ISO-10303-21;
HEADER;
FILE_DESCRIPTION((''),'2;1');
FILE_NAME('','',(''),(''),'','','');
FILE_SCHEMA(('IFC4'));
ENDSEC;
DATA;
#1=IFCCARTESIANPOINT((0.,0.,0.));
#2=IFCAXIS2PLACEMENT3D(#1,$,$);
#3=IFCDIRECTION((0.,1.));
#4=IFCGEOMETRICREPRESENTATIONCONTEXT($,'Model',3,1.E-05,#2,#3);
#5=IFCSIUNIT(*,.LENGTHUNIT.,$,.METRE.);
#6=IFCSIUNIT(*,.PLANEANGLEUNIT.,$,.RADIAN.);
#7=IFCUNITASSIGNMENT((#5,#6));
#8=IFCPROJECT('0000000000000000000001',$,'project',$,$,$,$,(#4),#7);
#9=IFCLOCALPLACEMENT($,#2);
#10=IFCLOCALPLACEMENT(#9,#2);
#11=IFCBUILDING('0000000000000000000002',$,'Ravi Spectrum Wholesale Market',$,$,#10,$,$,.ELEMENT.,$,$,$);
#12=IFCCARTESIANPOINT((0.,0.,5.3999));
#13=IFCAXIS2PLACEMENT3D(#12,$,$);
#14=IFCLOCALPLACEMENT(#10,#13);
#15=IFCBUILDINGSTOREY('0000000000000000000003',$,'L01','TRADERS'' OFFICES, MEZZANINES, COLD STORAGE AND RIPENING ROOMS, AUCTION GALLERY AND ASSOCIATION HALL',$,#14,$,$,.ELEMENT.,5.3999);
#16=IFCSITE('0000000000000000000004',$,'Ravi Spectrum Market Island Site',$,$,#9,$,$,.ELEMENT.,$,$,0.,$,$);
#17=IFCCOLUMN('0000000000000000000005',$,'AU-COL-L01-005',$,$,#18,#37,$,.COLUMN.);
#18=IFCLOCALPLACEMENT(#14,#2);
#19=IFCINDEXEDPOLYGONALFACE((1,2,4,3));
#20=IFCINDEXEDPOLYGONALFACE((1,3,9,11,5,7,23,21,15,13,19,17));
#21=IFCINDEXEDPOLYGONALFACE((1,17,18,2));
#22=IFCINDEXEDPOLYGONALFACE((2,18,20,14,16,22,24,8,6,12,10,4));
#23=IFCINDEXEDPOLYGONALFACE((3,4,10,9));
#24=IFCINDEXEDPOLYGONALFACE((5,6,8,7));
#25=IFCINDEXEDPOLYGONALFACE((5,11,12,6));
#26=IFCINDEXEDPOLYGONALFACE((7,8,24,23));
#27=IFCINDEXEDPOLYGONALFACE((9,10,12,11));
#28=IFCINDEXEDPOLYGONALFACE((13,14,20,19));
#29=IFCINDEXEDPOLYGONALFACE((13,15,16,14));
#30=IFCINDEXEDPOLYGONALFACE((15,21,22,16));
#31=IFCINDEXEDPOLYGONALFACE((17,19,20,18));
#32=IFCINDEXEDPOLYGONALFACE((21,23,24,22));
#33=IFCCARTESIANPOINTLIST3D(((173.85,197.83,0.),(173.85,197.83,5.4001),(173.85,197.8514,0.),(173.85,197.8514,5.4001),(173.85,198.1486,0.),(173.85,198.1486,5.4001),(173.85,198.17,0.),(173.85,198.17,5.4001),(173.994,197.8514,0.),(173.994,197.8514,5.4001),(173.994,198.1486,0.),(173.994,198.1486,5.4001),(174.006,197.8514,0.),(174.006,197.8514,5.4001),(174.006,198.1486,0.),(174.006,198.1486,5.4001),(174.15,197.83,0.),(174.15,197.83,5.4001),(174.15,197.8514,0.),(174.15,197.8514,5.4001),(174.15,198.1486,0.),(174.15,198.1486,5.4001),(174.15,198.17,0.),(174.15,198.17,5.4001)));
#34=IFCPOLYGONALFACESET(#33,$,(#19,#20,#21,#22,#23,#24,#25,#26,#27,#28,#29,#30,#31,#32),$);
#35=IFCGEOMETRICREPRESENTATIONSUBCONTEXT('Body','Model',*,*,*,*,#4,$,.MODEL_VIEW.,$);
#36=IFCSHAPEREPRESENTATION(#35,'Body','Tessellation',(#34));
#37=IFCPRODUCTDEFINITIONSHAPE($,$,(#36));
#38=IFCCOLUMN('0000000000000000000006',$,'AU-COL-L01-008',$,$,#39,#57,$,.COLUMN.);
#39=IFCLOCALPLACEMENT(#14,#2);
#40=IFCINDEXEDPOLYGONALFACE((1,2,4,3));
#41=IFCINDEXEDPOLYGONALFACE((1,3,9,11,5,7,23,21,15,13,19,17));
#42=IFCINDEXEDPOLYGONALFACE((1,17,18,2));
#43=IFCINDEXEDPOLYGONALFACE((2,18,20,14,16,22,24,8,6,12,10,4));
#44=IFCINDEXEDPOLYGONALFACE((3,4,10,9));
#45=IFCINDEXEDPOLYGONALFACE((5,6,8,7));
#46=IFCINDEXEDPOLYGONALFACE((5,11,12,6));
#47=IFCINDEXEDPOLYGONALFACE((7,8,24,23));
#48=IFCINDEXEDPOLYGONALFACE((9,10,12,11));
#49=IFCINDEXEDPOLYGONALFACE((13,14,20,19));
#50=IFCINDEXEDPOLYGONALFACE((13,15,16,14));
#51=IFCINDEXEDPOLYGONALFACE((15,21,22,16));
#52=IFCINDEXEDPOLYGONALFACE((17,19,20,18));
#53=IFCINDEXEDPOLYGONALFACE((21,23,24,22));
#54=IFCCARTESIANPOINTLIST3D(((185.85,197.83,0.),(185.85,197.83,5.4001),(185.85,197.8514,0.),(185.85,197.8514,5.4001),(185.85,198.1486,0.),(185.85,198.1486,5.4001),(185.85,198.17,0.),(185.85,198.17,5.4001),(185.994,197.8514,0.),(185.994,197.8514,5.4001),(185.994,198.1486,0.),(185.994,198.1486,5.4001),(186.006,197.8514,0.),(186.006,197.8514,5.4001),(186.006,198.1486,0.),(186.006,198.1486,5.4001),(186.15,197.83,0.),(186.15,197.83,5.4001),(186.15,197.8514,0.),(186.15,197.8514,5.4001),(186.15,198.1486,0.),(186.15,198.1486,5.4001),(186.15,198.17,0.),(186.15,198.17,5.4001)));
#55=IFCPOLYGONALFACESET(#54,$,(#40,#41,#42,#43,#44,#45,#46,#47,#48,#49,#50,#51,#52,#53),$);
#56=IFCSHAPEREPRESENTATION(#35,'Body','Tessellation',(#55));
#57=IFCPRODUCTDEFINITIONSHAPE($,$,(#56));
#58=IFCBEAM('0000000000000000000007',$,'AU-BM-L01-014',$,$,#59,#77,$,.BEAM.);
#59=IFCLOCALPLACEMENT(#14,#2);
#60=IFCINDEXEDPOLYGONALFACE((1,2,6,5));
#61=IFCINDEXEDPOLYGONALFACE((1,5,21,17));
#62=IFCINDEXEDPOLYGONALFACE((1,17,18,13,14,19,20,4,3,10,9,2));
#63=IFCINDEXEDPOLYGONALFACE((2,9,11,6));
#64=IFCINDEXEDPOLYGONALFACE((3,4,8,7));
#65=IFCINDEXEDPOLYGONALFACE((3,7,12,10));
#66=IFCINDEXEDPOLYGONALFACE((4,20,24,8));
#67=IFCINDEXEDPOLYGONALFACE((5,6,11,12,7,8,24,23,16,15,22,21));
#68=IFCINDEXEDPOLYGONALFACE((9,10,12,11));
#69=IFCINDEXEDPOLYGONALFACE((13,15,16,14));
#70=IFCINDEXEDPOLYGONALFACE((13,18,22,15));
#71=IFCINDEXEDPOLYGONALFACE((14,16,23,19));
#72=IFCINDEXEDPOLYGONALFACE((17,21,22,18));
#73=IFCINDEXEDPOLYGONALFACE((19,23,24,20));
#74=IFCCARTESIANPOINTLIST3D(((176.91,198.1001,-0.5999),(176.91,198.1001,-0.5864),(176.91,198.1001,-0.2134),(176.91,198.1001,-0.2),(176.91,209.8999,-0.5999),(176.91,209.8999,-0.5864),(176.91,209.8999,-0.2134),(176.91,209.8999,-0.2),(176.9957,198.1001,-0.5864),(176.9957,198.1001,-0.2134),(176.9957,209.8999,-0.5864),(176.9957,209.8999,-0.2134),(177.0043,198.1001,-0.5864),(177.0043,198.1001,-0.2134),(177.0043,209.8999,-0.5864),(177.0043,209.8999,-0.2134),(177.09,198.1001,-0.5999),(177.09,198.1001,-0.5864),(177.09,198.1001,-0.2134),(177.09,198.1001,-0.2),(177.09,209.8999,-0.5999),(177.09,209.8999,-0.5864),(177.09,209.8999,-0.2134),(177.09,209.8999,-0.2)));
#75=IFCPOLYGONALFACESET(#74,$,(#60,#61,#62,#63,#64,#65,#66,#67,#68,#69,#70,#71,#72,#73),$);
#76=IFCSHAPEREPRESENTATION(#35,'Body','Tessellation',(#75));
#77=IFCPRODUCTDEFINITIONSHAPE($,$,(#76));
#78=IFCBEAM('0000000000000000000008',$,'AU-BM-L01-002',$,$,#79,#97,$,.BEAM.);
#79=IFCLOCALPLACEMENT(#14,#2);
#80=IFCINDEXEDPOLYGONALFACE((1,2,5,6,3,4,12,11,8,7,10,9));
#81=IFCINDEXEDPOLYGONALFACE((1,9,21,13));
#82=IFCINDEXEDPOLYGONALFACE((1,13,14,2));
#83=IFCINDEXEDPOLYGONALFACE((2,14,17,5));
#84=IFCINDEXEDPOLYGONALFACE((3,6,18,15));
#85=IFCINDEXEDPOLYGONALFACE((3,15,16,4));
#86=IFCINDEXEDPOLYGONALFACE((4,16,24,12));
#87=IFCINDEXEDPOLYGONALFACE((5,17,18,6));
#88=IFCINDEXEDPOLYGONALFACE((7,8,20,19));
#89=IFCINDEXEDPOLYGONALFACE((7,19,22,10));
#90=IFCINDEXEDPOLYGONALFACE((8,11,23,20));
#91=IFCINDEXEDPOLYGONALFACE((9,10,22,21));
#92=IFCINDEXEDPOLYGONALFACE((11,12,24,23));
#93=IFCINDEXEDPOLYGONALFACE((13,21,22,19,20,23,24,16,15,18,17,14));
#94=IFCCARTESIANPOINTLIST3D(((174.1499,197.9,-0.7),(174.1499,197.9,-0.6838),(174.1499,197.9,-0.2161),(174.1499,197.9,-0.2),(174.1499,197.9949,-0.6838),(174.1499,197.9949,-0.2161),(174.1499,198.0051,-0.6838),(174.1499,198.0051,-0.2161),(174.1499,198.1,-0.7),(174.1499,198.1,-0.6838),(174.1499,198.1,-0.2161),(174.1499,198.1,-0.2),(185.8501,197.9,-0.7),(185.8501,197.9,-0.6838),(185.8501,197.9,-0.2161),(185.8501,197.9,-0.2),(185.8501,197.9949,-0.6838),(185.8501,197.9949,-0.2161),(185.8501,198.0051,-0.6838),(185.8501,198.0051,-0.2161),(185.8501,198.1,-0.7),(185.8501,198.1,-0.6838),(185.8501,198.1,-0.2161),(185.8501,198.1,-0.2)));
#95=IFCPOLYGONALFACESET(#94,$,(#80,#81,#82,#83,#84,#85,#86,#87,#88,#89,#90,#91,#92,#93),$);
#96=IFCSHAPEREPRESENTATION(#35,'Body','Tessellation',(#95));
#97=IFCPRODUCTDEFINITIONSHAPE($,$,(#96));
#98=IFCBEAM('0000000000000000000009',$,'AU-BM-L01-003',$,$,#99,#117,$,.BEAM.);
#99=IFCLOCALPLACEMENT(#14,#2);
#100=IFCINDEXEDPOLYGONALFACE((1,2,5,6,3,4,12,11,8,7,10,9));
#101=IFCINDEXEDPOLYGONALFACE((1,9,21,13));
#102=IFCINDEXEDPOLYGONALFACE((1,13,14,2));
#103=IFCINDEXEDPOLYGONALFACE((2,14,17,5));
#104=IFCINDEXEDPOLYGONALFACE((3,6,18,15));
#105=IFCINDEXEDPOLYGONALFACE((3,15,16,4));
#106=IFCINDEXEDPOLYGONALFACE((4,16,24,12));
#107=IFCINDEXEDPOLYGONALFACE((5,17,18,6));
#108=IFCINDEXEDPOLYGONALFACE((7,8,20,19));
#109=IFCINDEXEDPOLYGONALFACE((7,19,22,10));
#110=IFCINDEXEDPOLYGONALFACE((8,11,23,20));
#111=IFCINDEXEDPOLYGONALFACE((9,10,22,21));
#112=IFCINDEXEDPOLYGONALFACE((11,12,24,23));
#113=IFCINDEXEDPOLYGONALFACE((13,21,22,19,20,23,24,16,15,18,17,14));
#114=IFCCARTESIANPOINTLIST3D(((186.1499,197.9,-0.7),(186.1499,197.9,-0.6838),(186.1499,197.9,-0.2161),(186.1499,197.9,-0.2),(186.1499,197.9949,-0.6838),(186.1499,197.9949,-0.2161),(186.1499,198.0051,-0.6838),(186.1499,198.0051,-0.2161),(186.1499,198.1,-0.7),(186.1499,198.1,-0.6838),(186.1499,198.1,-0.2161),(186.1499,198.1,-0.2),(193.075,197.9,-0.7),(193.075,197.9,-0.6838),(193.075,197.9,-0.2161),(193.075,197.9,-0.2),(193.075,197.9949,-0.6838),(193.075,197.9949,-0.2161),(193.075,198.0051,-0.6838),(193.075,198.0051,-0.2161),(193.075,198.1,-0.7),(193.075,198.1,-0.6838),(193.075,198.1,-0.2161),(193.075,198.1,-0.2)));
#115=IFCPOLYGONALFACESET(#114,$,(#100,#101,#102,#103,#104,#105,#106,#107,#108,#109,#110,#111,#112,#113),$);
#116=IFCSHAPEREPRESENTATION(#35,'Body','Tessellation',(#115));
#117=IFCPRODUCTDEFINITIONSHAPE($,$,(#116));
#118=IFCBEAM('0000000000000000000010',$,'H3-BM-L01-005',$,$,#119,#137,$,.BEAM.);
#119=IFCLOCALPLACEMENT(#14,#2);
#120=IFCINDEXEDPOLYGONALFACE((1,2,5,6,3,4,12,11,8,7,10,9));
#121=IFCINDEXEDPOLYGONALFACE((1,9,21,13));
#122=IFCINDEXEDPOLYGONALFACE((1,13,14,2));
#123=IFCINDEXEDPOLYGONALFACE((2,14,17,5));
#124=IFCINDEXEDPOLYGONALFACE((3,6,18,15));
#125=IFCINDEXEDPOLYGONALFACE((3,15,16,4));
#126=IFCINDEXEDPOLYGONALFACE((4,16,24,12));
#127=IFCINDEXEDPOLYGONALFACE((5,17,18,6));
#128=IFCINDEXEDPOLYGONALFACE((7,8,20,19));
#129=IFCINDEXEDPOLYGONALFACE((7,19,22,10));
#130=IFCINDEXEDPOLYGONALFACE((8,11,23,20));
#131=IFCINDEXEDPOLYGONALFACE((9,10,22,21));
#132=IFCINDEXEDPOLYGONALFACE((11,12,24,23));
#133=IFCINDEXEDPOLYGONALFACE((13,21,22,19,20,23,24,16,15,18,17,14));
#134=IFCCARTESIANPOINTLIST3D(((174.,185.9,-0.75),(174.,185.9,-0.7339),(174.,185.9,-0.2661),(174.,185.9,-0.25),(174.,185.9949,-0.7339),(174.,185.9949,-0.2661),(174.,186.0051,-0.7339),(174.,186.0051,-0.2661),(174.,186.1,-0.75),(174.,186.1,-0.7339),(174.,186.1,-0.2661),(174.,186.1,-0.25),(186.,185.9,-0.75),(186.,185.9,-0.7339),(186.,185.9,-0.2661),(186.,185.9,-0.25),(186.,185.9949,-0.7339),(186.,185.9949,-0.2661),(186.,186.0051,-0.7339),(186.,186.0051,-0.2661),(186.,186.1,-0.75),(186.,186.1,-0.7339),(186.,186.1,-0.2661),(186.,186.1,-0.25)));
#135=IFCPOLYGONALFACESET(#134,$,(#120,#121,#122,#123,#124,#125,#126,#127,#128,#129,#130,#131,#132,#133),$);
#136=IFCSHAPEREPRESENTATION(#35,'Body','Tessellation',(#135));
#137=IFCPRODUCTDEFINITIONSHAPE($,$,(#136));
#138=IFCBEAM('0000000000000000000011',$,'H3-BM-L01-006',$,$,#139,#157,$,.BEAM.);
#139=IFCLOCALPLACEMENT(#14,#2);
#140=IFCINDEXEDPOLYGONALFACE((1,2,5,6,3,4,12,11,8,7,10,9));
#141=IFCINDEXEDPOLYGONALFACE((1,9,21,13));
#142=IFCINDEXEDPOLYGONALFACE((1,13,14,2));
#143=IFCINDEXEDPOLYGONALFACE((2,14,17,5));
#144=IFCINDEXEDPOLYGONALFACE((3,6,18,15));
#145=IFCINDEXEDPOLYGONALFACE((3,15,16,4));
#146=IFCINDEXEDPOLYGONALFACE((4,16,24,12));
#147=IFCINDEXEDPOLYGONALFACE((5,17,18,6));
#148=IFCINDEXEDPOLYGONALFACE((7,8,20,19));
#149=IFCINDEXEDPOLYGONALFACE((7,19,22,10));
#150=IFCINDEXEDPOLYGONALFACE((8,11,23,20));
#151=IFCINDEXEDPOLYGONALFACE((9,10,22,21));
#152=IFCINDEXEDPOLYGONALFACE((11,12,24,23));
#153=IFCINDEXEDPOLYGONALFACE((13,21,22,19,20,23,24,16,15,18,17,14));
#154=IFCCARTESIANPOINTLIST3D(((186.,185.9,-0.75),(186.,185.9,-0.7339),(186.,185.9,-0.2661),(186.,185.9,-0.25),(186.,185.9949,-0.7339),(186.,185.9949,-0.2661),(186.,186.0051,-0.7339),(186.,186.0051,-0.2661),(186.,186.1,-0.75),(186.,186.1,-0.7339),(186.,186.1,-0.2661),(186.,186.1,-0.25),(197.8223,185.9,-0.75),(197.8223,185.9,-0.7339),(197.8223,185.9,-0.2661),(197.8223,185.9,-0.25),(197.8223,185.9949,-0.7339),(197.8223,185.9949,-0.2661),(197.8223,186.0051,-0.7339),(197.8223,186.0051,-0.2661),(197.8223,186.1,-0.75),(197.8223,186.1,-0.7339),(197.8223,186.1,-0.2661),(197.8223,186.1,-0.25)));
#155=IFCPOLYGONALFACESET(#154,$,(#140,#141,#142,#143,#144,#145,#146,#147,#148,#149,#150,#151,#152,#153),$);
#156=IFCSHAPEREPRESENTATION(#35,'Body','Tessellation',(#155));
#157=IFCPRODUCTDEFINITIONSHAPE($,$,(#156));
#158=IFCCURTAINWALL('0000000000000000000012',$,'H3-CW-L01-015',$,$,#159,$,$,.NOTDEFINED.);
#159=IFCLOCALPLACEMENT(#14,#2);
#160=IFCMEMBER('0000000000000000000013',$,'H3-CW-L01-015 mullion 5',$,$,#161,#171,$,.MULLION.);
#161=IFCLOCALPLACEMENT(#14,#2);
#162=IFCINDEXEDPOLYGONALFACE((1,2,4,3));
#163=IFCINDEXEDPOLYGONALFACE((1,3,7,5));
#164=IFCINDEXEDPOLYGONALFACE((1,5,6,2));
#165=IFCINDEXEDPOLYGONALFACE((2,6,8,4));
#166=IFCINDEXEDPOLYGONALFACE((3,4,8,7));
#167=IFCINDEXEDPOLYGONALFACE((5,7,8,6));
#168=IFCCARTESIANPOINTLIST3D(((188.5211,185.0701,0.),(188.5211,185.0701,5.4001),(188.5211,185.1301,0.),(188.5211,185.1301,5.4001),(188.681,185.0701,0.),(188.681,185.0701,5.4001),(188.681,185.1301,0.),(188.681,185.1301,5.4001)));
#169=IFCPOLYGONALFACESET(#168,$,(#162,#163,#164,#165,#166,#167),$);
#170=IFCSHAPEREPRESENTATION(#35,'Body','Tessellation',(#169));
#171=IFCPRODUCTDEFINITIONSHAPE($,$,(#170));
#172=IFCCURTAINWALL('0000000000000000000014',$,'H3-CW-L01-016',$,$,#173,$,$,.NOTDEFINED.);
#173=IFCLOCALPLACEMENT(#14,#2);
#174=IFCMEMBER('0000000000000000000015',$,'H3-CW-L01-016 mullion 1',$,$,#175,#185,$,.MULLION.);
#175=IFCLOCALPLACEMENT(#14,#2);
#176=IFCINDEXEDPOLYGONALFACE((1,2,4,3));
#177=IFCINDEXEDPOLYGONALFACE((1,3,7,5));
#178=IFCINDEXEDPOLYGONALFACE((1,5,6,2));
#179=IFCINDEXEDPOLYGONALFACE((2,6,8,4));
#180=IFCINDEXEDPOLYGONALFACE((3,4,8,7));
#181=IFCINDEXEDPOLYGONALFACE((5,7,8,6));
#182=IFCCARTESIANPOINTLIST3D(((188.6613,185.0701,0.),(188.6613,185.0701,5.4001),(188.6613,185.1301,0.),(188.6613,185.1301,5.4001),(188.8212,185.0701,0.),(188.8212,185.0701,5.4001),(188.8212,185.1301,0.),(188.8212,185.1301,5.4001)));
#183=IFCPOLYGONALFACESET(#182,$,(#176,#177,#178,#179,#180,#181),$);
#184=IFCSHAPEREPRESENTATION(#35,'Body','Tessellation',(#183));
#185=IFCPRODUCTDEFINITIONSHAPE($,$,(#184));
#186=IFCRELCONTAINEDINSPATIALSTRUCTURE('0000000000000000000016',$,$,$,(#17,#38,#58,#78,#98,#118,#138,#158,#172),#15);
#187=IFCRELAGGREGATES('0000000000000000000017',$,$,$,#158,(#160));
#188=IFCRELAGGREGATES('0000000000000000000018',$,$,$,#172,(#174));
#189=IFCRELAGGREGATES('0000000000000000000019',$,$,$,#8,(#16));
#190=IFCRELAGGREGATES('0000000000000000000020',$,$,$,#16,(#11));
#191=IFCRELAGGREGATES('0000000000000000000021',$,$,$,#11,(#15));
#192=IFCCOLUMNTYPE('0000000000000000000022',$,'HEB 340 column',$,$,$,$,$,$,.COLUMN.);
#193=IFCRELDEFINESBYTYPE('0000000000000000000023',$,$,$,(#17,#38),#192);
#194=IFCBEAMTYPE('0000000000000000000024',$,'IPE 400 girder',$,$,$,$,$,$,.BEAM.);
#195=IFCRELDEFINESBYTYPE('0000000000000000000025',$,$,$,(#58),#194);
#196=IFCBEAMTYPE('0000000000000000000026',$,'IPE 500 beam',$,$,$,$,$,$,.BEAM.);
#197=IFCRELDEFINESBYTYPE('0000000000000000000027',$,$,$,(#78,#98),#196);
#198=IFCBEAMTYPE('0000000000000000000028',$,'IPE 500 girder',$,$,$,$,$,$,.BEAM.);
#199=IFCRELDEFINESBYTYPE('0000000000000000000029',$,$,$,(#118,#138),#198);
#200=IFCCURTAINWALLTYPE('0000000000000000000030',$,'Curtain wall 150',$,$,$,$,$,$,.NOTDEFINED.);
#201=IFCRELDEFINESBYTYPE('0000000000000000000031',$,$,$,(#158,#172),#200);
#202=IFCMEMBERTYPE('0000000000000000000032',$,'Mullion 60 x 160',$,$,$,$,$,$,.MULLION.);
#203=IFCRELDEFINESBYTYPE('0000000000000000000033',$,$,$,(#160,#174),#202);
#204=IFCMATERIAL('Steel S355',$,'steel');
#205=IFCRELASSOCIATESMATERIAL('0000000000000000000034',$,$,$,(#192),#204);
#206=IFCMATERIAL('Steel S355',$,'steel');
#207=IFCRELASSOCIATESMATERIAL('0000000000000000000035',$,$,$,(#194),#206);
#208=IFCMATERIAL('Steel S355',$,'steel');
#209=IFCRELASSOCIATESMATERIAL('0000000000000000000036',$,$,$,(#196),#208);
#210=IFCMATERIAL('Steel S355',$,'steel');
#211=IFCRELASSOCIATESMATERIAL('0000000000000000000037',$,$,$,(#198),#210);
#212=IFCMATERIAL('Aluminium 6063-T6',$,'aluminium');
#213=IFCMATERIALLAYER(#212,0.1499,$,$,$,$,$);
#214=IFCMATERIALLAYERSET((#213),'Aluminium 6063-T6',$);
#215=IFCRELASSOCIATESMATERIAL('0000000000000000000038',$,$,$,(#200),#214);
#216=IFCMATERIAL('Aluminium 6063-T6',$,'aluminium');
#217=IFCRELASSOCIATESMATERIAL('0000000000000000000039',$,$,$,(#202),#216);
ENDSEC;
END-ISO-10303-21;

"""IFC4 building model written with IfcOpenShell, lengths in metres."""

from ifc_helpers import new_model, si_unit, direction, frame, origin, origin_2d, place, context, subcontext, project, spatial, rectangle, i_section, extrude, material, layer, layer_set, material_profile, profile_set, type_object, element, aggregate, save


model = new_model("IFC4")

# Units and contexts
model_context = context("Model", 3, precision=1e-05, world=origin(), true_north=direction((0.0, 1.0)))
body_context = subcontext(model_context, "Body", "Model", "MODEL_VIEW")
ifc_project = project(units=[si_unit("LENGTHUNIT", "METRE"), si_unit("PLANEANGLEUNIT", "RADIAN")], contexts=[model_context])

# Site, building, storey
site_placement = place(None, origin())
site = spatial("IfcSite", under=ifc_project, at=site_placement, Name="Ravi Spectrum Market Island Site", CompositionType="ELEMENT", RefElevation=0.0)
building_placement = place(site_placement, origin())
building = spatial("IfcBuilding", under=site, at=building_placement, Name="Ravi Spectrum Wholesale Market", CompositionType="ELEMENT")
storey_placement = place(building_placement, frame((0.0, 0.0, 5.3999)))
storey = spatial("IfcBuildingStorey", under=building, at=storey_placement, Name="L01", Description="TRADERS' OFFICES, MEZZANINES, COLD STORAGE AND RIPENING ROOMS, AUCTION GALLERY AND ASSOCIATION HALL", CompositionType="ELEMENT", Elevation=5.3999)

# Columns
ifc_material_1 = material(Name="Steel S355", Category="steel")
ifc_material_profile_1 = material_profile(ifc_material_1, i_section(OverallWidth=0.3, OverallDepth=0.3401, WebThickness=0.012, FlangeThickness=0.0215, at=origin_2d()))
ifc_profile_set_1 = profile_set([ifc_material_profile_1], Name="Steel S355")
column_type = type_object("IfcColumnType", Name="HEB 340 column", PredefinedType="COLUMN", material=ifc_profile_set_1)
for number, where, z_axis, x_axis, name in (
    (1, (174.0, 198.0, 0.0), (0.0, 0.0, 1.0), (1.0, 0.0, 0.0), "AU-COL-L01-005"),
    (2, (186.0, 198.0, 0.0), (0.0, 0.0, 1.0), (1.0, 0.0, 0.0), "AU-COL-L01-008"),
):
    element("IfcColumn", number, at=place(storey_placement, frame(where, z_axis=z_axis, x_axis=x_axis)), inside=storey, type_object=column_type, Name=name, PredefinedType="COLUMN", context=body_context, shape_type="SweptSolid", body=[
        extrude(i_section(OverallWidth=0.3, OverallDepth=0.3401, WebThickness=0.012, FlangeThickness=0.0215, at=origin_2d()), origin(), (0.0, 0.0, 1.0), 5.4001),
    ])

# Beams
ifc_material_2 = material(Name="Steel S355", Category="steel")
ifc_material_profile_2 = material_profile(ifc_material_2, i_section(OverallWidth=0.1799, OverallDepth=0.3999, WebThickness=0.0085, FlangeThickness=0.0134, at=origin_2d()))
ifc_profile_set_2 = profile_set([ifc_material_profile_2], Name="Steel S355")
beam_type_1 = type_object("IfcBeamType", Name="IPE 400 girder", PredefinedType="BEAM", material=ifc_profile_set_2)
beam_1_placement = place(storey_placement, frame((177.0, 198.1001, -0.3999), z_axis=(0.0, 1.0, 0.0), x_axis=(-1.0, 0.0, 0.0)))
element("IfcBeam", 3, at=beam_1_placement, inside=storey, type_object=beam_type_1, Name="AU-BM-L01-014", PredefinedType="BEAM", context=body_context, shape_type="SweptSolid", body=[
    extrude(i_section(OverallWidth=0.1799, OverallDepth=0.3999, WebThickness=0.0085, FlangeThickness=0.0134, at=origin_2d()), origin(), (0.0, 0.0, 1.0), 11.7998),
])
ifc_material_3 = material(Name="Steel S355", Category="steel")
ifc_material_profile_3 = material_profile(ifc_material_3, i_section(OverallWidth=0.2, OverallDepth=0.5, WebThickness=0.0103, FlangeThickness=0.0161, at=origin_2d()))
ifc_profile_set_3 = profile_set([ifc_material_profile_3], Name="Steel S355")
beam_type_2 = type_object("IfcBeamType", Name="IPE 500 beam", PredefinedType="BEAM", material=ifc_profile_set_3)
beam_2_placement = place(storey_placement, frame((174.1499, 198.0, -0.45), z_axis=(1.0, 0.0, 0.0), x_axis=(0.0, 1.0, 0.0)))
element("IfcBeam", 4, at=beam_2_placement, inside=storey, type_object=beam_type_2, Name="AU-BM-L01-002", PredefinedType="BEAM", context=body_context, shape_type="SweptSolid", body=[
    extrude(i_section(OverallWidth=0.2, OverallDepth=0.5, WebThickness=0.0103, FlangeThickness=0.0161, at=origin_2d()), origin(), (0.0, 0.0, 1.0), 11.7002),
])
beam_3_placement = place(storey_placement, frame((186.1499, 198.0, -0.45), z_axis=(1.0, 0.0, 0.0), x_axis=(0.0, 1.0, 0.0)))
element("IfcBeam", 5, at=beam_3_placement, inside=storey, type_object=beam_type_2, Name="AU-BM-L01-003", PredefinedType="BEAM", context=body_context, shape_type="SweptSolid", body=[
    extrude(i_section(OverallWidth=0.2, OverallDepth=0.5, WebThickness=0.0103, FlangeThickness=0.0161, at=origin_2d()), origin(), (0.0, 0.0, 1.0), 6.925),
])
ifc_material_4 = material(Name="Steel S355", Category="steel")
ifc_material_profile_4 = material_profile(ifc_material_4, i_section(OverallWidth=0.2, OverallDepth=0.5, WebThickness=0.0103, FlangeThickness=0.0161, at=origin_2d()))
ifc_profile_set_4 = profile_set([ifc_material_profile_4], Name="Steel S355")
beam_type_3 = type_object("IfcBeamType", Name="IPE 500 girder", PredefinedType="BEAM", material=ifc_profile_set_4)
beam_4_placement = place(storey_placement, frame((174.0, 186.0, -0.5), z_axis=(1.0, 0.0, 0.0), x_axis=(0.0, 1.0, 0.0)))
element("IfcBeam", 6, at=beam_4_placement, inside=storey, type_object=beam_type_3, Name="H3-BM-L01-005", PredefinedType="BEAM", context=body_context, shape_type="SweptSolid", body=[
    extrude(i_section(OverallWidth=0.2, OverallDepth=0.5, WebThickness=0.0103, FlangeThickness=0.0161, at=origin_2d()), origin(), (0.0, 0.0, 1.0), 12.0),
])
beam_5_placement = place(storey_placement, frame((186.0, 186.0, -0.5), z_axis=(1.0, 0.0, 0.0), x_axis=(0.0, 1.0, 0.0)))
element("IfcBeam", 7, at=beam_5_placement, inside=storey, type_object=beam_type_3, Name="H3-BM-L01-006", PredefinedType="BEAM", context=body_context, shape_type="SweptSolid", body=[
    extrude(i_section(OverallWidth=0.2, OverallDepth=0.5, WebThickness=0.0103, FlangeThickness=0.0161, at=origin_2d()), origin(), (0.0, 0.0, 1.0), 11.8223),
])

# Curtain walls, members
ifc_material_5 = material(Name="Aluminium 6063-T6", Category="aluminium")
ifc_layer_1 = layer(ifc_material_5, 0.1499)
ifc_layer_set_1 = layer_set([ifc_layer_1], Name="Aluminium 6063-T6")
curtain_wall_type = type_object("IfcCurtainWallType", Name="Curtain wall 150", PredefinedType="NOTDEFINED", material=ifc_layer_set_1)
curtain_wall_1_placement = place(storey_placement, origin())
curtain_wall_1 = element("IfcCurtainWall", 8, at=curtain_wall_1_placement, inside=storey, type_object=curtain_wall_type, Name="H3-CW-L01-015", PredefinedType="NOTDEFINED")
ifc_material_6 = material(Name="Aluminium 6063-T6", Category="aluminium")
ifc_material_profile_5 = material_profile(ifc_material_6, rectangle(XDim=0.0601, YDim=0.1599, at=origin_2d()))
ifc_profile_set_5 = profile_set([ifc_material_profile_5], Name="Aluminium 6063-T6")
member_type_1 = type_object("IfcMemberType", Name="Mullion 60 x 160", PredefinedType="MULLION", material=ifc_profile_set_5)
member_1_placement = place(storey_placement, frame((188.6011, 185.1001, 0.0), z_axis=(0.0, 0.0, 1.0), x_axis=(0.0, 1.0, 0.0)))
member_1 = element("IfcMember", 9, at=member_1_placement, type_object=member_type_1, Name="H3-CW-L01-015 mullion 5", PredefinedType="MULLION", context=body_context, shape_type="SweptSolid", body=[
    extrude(rectangle(XDim=0.0601, YDim=0.1599, at=origin_2d()), origin(), (0.0, 0.0, 1.0), 5.4001),
])
curtain_wall_2_placement = place(storey_placement, origin())
curtain_wall_2 = element("IfcCurtainWall", 10, at=curtain_wall_2_placement, inside=storey, type_object=curtain_wall_type, Name="H3-CW-L01-016", PredefinedType="NOTDEFINED")
member_2_placement = place(storey_placement, frame((188.7412, 185.1001, 0.0), z_axis=(0.0, 0.0, 1.0), x_axis=(0.0, 1.0, 0.0)))
member_2 = element("IfcMember", 11, at=member_2_placement, type_object=member_type_1, Name="H3-CW-L01-016 mullion 1", PredefinedType="MULLION", context=body_context, shape_type="SweptSolid", body=[
    extrude(rectangle(XDim=0.0601, YDim=0.1599, at=origin_2d()), origin(), (0.0, 0.0, 1.0), 5.4001),
])

aggregate(curtain_wall_1, [member_1])
aggregate(curtain_wall_2, [member_2])

save(model, "model.ifc")
